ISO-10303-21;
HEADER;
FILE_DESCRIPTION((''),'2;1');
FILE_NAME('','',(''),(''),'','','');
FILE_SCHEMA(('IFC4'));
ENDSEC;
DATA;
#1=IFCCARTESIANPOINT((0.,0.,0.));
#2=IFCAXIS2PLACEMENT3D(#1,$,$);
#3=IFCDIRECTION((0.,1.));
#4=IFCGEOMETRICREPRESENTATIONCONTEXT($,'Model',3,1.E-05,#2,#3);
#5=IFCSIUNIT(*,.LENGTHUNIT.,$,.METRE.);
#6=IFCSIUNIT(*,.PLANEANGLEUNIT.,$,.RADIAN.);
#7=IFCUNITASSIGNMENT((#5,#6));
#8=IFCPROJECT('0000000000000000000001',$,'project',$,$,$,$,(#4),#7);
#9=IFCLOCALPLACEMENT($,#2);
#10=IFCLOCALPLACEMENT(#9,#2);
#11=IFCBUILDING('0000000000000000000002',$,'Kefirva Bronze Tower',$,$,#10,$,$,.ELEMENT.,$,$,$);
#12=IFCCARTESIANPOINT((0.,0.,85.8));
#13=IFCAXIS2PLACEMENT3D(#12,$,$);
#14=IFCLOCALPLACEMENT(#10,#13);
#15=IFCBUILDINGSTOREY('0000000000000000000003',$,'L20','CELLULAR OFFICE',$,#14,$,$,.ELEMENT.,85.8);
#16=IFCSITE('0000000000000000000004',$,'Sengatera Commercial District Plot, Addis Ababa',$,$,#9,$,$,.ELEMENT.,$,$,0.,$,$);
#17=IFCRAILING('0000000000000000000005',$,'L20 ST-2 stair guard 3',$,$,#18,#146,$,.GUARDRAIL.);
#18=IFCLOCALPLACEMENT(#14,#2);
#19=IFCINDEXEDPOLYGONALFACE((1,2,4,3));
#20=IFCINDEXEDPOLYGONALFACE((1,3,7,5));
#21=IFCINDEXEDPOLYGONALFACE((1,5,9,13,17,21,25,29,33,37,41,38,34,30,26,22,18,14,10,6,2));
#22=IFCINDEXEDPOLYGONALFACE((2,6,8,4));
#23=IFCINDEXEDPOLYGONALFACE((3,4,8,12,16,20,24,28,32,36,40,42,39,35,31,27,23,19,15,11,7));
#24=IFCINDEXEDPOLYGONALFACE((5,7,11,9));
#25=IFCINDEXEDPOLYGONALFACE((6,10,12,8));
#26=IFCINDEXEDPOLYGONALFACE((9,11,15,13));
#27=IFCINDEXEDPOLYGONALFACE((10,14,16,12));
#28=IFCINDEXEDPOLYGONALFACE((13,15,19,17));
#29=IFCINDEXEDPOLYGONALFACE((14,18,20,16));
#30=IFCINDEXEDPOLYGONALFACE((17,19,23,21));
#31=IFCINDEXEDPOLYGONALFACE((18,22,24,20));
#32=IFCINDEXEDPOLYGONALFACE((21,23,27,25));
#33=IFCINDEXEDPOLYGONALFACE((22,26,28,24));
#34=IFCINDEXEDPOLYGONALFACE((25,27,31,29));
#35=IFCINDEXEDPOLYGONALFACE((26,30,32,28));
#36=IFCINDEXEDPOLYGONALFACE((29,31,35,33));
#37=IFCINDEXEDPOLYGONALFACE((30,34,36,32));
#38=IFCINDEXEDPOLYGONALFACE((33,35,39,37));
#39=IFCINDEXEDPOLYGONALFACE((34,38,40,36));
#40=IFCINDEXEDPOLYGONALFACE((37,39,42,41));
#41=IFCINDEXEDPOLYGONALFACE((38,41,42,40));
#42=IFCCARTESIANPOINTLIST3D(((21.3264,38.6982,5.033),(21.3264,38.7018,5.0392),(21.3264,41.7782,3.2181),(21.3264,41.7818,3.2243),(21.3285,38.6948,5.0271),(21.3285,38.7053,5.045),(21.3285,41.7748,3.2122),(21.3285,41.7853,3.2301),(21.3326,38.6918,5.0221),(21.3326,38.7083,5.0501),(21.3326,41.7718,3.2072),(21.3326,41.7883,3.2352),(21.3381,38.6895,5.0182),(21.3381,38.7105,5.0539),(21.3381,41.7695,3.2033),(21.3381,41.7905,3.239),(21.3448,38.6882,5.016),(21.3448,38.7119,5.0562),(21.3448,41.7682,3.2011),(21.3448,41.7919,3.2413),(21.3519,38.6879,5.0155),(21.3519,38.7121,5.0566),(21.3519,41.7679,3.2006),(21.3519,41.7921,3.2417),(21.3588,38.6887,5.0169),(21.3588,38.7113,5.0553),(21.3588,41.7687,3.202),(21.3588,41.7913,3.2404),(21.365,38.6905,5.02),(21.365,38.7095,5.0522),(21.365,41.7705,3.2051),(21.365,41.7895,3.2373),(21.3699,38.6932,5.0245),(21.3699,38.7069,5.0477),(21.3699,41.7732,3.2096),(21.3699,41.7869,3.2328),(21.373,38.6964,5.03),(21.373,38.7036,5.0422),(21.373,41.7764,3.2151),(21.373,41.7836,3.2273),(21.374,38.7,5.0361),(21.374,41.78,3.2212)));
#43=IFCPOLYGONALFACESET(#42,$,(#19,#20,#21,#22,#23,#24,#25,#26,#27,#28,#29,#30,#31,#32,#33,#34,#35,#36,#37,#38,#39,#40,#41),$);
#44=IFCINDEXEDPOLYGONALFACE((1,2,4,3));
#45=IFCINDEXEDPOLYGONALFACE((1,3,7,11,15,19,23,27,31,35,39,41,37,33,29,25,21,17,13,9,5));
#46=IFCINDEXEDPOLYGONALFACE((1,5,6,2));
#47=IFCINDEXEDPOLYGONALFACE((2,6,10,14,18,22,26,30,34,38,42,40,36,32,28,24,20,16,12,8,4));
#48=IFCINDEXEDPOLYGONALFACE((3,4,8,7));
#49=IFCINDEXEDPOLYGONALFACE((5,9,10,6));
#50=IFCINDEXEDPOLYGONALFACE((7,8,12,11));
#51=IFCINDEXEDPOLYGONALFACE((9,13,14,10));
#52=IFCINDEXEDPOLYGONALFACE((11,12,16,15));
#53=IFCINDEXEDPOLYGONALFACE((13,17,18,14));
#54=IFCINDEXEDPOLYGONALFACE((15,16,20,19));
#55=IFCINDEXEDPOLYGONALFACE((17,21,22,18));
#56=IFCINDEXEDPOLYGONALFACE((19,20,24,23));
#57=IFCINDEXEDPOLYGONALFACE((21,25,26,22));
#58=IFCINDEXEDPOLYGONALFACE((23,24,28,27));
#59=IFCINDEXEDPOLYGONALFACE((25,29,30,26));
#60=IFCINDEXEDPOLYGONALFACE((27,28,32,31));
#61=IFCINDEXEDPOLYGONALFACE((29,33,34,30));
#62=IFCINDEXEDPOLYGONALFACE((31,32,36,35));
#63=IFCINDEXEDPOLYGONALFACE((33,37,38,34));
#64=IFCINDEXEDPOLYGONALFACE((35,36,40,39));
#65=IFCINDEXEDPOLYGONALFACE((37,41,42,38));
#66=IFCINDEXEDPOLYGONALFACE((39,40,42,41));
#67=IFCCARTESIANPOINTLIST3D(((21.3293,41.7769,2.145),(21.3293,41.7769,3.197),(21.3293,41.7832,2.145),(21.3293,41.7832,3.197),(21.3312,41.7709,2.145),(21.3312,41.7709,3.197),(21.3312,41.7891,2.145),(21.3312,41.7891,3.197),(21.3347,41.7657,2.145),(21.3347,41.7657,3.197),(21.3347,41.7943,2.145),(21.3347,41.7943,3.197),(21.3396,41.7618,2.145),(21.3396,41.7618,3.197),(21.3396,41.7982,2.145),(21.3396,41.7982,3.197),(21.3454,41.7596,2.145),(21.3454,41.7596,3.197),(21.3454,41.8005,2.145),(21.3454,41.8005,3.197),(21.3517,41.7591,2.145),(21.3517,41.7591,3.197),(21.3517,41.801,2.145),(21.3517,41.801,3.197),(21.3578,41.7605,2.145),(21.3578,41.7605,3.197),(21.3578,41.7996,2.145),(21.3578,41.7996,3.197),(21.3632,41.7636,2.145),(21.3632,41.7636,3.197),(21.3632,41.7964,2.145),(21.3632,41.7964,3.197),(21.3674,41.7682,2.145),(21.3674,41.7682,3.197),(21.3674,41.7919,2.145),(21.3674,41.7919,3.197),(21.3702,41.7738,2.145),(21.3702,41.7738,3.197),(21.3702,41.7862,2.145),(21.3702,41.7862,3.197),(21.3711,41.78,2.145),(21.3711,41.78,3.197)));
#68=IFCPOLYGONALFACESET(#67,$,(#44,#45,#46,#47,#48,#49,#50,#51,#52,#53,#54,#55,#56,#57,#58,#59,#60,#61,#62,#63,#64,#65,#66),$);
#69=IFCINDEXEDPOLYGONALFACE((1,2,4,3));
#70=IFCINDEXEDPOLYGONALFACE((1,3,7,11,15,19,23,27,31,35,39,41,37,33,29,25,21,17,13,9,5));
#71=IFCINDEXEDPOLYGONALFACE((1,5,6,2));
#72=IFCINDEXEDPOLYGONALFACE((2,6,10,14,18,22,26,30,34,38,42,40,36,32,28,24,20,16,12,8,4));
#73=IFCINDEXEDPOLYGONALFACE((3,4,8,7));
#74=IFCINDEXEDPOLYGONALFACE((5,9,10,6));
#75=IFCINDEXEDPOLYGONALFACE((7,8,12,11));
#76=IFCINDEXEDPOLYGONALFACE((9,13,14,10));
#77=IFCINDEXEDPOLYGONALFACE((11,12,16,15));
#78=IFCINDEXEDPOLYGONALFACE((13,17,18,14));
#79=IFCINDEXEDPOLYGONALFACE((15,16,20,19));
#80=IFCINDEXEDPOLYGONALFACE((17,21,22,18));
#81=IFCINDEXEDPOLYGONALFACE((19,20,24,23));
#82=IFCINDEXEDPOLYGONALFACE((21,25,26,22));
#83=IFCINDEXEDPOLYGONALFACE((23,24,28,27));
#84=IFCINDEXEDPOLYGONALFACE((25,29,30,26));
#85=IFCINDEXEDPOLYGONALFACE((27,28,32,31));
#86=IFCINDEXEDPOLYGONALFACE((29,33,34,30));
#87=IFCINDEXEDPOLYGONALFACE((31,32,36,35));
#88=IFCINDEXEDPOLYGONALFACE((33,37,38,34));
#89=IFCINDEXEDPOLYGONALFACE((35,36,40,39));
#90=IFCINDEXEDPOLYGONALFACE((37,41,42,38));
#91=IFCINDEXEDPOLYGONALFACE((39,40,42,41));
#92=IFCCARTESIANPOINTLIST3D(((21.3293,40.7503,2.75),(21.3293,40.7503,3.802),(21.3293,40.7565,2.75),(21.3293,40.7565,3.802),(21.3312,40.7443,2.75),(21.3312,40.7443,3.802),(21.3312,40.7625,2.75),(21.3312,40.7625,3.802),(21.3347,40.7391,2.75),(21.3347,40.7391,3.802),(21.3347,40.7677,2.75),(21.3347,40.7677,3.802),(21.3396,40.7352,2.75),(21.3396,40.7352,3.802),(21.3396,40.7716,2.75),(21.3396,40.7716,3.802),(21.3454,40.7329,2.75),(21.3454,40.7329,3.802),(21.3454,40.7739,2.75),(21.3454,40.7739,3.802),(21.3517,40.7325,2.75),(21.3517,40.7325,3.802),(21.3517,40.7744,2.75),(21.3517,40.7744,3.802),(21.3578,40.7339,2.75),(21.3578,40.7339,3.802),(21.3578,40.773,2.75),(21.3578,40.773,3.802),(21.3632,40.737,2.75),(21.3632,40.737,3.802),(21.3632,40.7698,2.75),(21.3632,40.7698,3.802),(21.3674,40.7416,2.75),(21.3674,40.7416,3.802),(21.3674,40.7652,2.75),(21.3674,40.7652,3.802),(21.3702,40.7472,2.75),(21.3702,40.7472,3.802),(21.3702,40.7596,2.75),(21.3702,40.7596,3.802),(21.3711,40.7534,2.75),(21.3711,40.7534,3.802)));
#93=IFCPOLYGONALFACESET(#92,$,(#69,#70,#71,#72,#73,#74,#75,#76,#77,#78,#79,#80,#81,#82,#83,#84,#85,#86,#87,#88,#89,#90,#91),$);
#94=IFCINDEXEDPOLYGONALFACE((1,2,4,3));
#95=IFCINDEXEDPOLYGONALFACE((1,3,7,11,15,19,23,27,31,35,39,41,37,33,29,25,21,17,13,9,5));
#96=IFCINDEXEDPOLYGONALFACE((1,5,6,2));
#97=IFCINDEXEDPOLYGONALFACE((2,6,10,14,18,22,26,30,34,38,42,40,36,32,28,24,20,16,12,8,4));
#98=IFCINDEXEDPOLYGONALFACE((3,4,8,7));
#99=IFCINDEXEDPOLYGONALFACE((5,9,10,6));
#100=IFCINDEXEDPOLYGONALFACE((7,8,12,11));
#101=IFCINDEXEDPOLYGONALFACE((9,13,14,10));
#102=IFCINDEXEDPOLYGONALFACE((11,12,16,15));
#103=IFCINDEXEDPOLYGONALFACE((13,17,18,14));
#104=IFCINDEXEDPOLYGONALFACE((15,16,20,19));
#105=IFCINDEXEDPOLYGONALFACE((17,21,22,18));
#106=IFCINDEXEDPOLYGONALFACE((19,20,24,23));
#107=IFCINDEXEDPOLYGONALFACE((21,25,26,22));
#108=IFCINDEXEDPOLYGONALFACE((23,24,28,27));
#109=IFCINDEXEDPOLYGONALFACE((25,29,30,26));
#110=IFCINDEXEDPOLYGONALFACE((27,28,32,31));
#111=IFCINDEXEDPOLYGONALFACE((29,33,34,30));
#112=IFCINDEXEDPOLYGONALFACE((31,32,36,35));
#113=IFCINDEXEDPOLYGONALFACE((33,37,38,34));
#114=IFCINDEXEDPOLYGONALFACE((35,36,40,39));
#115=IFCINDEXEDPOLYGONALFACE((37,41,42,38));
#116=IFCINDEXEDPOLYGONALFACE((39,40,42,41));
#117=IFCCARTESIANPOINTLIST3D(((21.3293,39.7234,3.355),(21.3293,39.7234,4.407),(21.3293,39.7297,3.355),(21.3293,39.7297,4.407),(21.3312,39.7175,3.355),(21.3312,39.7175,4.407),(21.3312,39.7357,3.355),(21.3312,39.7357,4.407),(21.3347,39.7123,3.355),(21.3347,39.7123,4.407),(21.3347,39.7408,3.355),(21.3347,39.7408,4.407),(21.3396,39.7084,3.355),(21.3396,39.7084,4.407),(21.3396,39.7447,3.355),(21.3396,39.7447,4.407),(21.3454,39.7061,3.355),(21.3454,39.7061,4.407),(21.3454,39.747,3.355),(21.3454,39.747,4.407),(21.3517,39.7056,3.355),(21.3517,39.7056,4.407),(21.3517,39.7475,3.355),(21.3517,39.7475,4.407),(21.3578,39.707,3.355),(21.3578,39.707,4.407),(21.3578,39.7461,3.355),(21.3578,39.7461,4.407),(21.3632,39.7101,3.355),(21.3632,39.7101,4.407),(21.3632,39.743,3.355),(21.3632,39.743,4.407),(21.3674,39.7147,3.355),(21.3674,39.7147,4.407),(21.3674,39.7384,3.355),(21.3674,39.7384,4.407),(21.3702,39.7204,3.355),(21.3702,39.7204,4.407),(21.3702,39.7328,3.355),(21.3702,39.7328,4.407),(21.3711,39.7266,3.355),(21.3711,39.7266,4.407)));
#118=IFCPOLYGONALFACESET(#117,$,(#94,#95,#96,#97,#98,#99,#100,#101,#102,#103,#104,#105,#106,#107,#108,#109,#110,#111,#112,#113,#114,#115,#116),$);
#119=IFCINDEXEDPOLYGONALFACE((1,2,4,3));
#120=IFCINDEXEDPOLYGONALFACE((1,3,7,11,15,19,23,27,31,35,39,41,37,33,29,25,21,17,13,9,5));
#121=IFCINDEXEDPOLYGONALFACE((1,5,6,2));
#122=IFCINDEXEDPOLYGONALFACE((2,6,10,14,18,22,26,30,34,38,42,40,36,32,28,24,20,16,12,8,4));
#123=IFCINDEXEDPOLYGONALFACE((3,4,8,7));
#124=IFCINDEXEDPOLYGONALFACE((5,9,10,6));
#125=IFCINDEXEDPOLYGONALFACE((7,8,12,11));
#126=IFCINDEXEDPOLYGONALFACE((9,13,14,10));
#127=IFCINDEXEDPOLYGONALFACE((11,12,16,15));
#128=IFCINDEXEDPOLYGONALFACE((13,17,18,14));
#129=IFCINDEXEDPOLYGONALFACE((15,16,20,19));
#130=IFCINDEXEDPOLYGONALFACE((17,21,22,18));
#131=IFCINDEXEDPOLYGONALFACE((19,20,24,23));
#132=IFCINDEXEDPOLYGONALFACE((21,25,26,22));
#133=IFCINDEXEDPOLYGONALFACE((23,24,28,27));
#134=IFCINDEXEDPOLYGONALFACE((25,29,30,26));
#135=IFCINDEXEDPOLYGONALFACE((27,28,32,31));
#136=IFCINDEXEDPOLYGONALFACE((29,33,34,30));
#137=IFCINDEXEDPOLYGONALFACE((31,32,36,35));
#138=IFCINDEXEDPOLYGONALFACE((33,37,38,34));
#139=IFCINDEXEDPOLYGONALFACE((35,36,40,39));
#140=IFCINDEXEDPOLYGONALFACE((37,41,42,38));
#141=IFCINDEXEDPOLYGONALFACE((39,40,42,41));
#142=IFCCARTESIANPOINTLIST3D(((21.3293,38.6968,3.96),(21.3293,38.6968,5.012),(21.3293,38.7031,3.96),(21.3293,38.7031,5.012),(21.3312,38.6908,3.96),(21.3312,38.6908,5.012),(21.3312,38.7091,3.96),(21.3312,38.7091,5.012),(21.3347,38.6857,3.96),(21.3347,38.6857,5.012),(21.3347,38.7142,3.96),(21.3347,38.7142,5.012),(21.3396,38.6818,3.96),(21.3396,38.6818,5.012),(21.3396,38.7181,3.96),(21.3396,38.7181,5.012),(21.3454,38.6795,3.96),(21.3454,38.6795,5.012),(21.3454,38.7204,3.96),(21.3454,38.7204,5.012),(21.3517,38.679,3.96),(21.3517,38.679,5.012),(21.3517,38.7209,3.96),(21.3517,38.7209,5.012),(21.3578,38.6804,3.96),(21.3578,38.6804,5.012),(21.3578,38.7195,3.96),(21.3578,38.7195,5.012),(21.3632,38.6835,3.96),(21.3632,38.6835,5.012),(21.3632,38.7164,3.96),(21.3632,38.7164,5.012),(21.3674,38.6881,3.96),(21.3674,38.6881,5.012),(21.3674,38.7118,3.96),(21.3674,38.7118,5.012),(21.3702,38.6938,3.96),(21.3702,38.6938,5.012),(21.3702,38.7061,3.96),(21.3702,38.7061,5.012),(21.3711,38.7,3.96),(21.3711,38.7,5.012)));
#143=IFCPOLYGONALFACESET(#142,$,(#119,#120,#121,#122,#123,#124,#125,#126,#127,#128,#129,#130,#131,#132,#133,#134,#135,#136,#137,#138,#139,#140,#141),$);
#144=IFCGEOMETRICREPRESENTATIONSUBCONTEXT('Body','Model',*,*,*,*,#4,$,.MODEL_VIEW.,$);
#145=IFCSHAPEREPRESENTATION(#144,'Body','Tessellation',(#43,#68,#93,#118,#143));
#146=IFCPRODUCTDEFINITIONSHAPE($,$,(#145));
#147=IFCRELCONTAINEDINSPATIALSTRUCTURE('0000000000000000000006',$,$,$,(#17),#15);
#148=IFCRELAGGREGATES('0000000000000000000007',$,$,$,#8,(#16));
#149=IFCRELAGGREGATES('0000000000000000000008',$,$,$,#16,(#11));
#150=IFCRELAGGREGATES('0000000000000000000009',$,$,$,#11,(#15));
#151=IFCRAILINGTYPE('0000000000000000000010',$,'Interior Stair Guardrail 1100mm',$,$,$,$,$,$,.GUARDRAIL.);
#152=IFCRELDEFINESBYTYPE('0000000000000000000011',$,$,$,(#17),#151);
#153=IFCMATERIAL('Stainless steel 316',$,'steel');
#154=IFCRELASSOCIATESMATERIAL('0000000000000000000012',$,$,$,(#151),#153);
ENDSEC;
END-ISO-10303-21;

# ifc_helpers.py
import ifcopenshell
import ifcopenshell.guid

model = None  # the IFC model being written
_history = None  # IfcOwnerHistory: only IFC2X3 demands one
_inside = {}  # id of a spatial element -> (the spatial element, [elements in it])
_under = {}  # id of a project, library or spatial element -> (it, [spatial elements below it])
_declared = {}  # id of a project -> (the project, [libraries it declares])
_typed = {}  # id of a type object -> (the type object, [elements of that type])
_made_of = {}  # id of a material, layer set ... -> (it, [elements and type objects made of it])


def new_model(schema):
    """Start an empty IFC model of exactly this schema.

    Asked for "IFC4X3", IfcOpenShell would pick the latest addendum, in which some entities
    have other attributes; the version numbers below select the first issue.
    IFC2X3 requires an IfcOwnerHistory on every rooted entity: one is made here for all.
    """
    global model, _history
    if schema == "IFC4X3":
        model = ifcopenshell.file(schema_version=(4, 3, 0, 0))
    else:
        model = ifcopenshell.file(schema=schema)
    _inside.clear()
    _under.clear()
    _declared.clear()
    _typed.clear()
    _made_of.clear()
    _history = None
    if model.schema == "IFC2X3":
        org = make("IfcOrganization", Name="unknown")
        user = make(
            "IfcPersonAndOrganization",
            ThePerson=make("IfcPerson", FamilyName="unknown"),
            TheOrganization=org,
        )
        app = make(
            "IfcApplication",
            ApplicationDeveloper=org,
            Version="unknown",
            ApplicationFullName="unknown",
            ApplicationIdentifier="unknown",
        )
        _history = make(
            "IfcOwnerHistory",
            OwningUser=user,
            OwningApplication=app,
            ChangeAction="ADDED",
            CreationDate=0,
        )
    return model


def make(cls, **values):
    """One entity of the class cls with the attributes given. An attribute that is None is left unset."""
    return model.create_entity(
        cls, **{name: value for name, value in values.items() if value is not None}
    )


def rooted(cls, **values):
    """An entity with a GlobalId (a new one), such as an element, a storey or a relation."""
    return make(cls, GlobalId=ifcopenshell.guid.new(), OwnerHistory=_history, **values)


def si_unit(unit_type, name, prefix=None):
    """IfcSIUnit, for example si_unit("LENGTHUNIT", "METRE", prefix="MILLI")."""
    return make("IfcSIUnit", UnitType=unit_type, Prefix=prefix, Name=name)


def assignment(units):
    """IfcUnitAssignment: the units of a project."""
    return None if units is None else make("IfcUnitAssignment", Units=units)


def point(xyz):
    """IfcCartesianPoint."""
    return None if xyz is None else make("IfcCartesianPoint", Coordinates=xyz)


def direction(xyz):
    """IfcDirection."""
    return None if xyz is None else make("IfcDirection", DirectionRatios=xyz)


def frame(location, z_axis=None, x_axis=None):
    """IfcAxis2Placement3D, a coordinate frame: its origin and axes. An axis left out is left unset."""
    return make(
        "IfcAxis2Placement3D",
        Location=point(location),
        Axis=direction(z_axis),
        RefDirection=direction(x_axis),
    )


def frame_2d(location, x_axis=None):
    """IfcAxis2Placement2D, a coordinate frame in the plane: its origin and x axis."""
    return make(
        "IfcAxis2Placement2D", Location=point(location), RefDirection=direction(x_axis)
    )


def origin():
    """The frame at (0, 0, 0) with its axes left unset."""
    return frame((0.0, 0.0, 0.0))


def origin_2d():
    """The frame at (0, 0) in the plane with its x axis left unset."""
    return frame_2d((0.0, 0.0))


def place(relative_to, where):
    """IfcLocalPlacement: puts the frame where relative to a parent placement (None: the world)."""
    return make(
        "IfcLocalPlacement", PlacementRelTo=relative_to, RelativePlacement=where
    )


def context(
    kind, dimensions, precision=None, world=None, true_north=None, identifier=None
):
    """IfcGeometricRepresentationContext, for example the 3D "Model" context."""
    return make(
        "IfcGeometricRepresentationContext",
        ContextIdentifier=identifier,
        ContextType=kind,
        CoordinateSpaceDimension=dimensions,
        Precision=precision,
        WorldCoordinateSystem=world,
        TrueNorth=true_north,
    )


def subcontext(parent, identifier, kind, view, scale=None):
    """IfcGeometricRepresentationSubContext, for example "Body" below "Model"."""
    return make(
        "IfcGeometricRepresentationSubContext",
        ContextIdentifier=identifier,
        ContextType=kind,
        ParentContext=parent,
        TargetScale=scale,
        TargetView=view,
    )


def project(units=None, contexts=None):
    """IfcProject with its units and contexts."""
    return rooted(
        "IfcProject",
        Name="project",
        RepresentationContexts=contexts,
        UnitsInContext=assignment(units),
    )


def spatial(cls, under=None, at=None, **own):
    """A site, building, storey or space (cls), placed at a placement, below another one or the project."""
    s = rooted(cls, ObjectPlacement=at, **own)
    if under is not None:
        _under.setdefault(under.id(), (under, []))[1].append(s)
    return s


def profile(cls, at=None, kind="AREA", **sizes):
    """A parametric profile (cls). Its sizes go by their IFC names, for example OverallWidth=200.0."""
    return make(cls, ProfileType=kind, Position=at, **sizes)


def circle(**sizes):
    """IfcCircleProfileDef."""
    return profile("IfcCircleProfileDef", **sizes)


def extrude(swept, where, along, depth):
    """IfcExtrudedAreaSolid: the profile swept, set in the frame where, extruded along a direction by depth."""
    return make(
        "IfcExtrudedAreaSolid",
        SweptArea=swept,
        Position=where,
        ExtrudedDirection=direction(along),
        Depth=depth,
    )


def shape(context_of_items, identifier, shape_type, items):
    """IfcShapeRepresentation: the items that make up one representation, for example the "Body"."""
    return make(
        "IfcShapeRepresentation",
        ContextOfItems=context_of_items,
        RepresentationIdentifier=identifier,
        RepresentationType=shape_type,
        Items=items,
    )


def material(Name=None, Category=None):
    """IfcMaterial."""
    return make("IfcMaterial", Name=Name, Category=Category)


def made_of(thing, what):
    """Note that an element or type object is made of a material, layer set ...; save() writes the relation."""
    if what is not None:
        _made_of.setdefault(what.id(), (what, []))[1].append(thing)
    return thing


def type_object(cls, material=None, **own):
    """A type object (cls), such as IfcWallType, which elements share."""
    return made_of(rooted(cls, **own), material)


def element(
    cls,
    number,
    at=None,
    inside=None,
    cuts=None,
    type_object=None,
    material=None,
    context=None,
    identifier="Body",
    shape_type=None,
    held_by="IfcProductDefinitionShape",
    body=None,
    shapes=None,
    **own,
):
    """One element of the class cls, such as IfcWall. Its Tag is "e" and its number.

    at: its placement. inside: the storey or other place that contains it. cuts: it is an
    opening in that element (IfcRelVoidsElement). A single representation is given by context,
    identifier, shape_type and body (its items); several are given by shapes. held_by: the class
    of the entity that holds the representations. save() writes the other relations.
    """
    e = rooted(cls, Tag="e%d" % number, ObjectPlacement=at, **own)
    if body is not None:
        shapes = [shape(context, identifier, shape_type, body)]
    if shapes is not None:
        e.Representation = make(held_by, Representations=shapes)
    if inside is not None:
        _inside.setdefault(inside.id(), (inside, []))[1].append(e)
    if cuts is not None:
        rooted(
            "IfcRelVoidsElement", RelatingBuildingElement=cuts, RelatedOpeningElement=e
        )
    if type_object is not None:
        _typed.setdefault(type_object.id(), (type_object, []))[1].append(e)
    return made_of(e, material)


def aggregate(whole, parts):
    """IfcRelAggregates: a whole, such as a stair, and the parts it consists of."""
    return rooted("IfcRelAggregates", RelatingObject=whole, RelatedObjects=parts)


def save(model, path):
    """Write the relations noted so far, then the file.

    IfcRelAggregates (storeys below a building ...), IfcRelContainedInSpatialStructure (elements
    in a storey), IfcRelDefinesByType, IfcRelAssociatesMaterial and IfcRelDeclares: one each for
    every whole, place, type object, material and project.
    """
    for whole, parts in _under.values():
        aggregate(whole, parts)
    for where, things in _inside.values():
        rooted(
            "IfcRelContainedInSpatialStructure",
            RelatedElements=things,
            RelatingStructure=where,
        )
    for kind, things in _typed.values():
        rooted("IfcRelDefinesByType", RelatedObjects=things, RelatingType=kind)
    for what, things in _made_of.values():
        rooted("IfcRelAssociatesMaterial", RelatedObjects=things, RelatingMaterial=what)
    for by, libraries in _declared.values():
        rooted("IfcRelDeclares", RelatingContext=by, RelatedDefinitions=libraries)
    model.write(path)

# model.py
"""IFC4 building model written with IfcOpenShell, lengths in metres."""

from ifc_helpers import new_model, si_unit, direction, frame, origin, origin_2d, place, context, subcontext, project, spatial, circle, extrude, material, type_object, element, save


model = new_model("IFC4")

# Units and contexts
model_context = context("Model", 3, precision=1e-05, world=origin(), true_north=direction((0.0, 1.0)))
body_context = subcontext(model_context, "Body", "Model", "MODEL_VIEW")
ifc_project = project(units=[si_unit("LENGTHUNIT", "METRE"), si_unit("PLANEANGLEUNIT", "RADIAN")], contexts=[model_context])

# Site, building, storey
site_placement = place(None, origin())
site = spatial("IfcSite", under=ifc_project, at=site_placement, Name="Sengatera Commercial District Plot, Addis Ababa", CompositionType="ELEMENT", RefElevation=0.0)
building_placement = place(site_placement, origin())
building = spatial("IfcBuilding", under=site, at=building_placement, Name="Kefirva Bronze Tower", CompositionType="ELEMENT")
storey_placement = place(building_placement, frame((0.0, 0.0, 85.8)))
storey = spatial("IfcBuildingStorey", under=building, at=storey_placement, Name="L20", Description="CELLULAR OFFICE", CompositionType="ELEMENT", Elevation=85.8)

# Railing
ifc_material_1 = material(Name="Stainless steel 316", Category="steel")
railing_type_1 = type_object("IfcRailingType", Name="Interior Stair Guardrail 1100mm", PredefinedType="GUARDRAIL", material=ifc_material_1)
railing_1_placement = place(storey_placement, frame((21.3501, 41.78, 2.145)))
element("IfcRailing", 1, at=railing_1_placement, inside=storey, type_object=railing_type_1, Name="L20 ST-2 stair guard 3", PredefinedType="GUARDRAIL", context=body_context, shape_type="SweptSolid", body=[
    extrude(circle(Radius=0.0239, at=origin_2d()), frame((0.0, 0.0, 1.0762), z_axis=(0.0, -0.861551, 0.507671), x_axis=(1.0, 0.0, 0.0)), (0.0, 0.0, 1.0), 3.575),
    extrude(circle(Radius=0.021, at=origin_2d()), origin(), (0.0, 0.0, 1.0), 1.052),
    extrude(circle(Radius=0.021, at=origin_2d()), frame((0.0, -1.0266, 0.605)), (0.0, 0.0, 1.0), 1.052),
    extrude(circle(Radius=0.021, at=origin_2d()), frame((0.0, -2.0535, 1.21)), (0.0, 0.0, 1.0), 1.052),
    extrude(circle(Radius=0.021, at=origin_2d()), frame((0.0, -3.0801, 1.8149)), (0.0, 0.0, 1.0), 1.052),
])

save(model, "model.ifc")
